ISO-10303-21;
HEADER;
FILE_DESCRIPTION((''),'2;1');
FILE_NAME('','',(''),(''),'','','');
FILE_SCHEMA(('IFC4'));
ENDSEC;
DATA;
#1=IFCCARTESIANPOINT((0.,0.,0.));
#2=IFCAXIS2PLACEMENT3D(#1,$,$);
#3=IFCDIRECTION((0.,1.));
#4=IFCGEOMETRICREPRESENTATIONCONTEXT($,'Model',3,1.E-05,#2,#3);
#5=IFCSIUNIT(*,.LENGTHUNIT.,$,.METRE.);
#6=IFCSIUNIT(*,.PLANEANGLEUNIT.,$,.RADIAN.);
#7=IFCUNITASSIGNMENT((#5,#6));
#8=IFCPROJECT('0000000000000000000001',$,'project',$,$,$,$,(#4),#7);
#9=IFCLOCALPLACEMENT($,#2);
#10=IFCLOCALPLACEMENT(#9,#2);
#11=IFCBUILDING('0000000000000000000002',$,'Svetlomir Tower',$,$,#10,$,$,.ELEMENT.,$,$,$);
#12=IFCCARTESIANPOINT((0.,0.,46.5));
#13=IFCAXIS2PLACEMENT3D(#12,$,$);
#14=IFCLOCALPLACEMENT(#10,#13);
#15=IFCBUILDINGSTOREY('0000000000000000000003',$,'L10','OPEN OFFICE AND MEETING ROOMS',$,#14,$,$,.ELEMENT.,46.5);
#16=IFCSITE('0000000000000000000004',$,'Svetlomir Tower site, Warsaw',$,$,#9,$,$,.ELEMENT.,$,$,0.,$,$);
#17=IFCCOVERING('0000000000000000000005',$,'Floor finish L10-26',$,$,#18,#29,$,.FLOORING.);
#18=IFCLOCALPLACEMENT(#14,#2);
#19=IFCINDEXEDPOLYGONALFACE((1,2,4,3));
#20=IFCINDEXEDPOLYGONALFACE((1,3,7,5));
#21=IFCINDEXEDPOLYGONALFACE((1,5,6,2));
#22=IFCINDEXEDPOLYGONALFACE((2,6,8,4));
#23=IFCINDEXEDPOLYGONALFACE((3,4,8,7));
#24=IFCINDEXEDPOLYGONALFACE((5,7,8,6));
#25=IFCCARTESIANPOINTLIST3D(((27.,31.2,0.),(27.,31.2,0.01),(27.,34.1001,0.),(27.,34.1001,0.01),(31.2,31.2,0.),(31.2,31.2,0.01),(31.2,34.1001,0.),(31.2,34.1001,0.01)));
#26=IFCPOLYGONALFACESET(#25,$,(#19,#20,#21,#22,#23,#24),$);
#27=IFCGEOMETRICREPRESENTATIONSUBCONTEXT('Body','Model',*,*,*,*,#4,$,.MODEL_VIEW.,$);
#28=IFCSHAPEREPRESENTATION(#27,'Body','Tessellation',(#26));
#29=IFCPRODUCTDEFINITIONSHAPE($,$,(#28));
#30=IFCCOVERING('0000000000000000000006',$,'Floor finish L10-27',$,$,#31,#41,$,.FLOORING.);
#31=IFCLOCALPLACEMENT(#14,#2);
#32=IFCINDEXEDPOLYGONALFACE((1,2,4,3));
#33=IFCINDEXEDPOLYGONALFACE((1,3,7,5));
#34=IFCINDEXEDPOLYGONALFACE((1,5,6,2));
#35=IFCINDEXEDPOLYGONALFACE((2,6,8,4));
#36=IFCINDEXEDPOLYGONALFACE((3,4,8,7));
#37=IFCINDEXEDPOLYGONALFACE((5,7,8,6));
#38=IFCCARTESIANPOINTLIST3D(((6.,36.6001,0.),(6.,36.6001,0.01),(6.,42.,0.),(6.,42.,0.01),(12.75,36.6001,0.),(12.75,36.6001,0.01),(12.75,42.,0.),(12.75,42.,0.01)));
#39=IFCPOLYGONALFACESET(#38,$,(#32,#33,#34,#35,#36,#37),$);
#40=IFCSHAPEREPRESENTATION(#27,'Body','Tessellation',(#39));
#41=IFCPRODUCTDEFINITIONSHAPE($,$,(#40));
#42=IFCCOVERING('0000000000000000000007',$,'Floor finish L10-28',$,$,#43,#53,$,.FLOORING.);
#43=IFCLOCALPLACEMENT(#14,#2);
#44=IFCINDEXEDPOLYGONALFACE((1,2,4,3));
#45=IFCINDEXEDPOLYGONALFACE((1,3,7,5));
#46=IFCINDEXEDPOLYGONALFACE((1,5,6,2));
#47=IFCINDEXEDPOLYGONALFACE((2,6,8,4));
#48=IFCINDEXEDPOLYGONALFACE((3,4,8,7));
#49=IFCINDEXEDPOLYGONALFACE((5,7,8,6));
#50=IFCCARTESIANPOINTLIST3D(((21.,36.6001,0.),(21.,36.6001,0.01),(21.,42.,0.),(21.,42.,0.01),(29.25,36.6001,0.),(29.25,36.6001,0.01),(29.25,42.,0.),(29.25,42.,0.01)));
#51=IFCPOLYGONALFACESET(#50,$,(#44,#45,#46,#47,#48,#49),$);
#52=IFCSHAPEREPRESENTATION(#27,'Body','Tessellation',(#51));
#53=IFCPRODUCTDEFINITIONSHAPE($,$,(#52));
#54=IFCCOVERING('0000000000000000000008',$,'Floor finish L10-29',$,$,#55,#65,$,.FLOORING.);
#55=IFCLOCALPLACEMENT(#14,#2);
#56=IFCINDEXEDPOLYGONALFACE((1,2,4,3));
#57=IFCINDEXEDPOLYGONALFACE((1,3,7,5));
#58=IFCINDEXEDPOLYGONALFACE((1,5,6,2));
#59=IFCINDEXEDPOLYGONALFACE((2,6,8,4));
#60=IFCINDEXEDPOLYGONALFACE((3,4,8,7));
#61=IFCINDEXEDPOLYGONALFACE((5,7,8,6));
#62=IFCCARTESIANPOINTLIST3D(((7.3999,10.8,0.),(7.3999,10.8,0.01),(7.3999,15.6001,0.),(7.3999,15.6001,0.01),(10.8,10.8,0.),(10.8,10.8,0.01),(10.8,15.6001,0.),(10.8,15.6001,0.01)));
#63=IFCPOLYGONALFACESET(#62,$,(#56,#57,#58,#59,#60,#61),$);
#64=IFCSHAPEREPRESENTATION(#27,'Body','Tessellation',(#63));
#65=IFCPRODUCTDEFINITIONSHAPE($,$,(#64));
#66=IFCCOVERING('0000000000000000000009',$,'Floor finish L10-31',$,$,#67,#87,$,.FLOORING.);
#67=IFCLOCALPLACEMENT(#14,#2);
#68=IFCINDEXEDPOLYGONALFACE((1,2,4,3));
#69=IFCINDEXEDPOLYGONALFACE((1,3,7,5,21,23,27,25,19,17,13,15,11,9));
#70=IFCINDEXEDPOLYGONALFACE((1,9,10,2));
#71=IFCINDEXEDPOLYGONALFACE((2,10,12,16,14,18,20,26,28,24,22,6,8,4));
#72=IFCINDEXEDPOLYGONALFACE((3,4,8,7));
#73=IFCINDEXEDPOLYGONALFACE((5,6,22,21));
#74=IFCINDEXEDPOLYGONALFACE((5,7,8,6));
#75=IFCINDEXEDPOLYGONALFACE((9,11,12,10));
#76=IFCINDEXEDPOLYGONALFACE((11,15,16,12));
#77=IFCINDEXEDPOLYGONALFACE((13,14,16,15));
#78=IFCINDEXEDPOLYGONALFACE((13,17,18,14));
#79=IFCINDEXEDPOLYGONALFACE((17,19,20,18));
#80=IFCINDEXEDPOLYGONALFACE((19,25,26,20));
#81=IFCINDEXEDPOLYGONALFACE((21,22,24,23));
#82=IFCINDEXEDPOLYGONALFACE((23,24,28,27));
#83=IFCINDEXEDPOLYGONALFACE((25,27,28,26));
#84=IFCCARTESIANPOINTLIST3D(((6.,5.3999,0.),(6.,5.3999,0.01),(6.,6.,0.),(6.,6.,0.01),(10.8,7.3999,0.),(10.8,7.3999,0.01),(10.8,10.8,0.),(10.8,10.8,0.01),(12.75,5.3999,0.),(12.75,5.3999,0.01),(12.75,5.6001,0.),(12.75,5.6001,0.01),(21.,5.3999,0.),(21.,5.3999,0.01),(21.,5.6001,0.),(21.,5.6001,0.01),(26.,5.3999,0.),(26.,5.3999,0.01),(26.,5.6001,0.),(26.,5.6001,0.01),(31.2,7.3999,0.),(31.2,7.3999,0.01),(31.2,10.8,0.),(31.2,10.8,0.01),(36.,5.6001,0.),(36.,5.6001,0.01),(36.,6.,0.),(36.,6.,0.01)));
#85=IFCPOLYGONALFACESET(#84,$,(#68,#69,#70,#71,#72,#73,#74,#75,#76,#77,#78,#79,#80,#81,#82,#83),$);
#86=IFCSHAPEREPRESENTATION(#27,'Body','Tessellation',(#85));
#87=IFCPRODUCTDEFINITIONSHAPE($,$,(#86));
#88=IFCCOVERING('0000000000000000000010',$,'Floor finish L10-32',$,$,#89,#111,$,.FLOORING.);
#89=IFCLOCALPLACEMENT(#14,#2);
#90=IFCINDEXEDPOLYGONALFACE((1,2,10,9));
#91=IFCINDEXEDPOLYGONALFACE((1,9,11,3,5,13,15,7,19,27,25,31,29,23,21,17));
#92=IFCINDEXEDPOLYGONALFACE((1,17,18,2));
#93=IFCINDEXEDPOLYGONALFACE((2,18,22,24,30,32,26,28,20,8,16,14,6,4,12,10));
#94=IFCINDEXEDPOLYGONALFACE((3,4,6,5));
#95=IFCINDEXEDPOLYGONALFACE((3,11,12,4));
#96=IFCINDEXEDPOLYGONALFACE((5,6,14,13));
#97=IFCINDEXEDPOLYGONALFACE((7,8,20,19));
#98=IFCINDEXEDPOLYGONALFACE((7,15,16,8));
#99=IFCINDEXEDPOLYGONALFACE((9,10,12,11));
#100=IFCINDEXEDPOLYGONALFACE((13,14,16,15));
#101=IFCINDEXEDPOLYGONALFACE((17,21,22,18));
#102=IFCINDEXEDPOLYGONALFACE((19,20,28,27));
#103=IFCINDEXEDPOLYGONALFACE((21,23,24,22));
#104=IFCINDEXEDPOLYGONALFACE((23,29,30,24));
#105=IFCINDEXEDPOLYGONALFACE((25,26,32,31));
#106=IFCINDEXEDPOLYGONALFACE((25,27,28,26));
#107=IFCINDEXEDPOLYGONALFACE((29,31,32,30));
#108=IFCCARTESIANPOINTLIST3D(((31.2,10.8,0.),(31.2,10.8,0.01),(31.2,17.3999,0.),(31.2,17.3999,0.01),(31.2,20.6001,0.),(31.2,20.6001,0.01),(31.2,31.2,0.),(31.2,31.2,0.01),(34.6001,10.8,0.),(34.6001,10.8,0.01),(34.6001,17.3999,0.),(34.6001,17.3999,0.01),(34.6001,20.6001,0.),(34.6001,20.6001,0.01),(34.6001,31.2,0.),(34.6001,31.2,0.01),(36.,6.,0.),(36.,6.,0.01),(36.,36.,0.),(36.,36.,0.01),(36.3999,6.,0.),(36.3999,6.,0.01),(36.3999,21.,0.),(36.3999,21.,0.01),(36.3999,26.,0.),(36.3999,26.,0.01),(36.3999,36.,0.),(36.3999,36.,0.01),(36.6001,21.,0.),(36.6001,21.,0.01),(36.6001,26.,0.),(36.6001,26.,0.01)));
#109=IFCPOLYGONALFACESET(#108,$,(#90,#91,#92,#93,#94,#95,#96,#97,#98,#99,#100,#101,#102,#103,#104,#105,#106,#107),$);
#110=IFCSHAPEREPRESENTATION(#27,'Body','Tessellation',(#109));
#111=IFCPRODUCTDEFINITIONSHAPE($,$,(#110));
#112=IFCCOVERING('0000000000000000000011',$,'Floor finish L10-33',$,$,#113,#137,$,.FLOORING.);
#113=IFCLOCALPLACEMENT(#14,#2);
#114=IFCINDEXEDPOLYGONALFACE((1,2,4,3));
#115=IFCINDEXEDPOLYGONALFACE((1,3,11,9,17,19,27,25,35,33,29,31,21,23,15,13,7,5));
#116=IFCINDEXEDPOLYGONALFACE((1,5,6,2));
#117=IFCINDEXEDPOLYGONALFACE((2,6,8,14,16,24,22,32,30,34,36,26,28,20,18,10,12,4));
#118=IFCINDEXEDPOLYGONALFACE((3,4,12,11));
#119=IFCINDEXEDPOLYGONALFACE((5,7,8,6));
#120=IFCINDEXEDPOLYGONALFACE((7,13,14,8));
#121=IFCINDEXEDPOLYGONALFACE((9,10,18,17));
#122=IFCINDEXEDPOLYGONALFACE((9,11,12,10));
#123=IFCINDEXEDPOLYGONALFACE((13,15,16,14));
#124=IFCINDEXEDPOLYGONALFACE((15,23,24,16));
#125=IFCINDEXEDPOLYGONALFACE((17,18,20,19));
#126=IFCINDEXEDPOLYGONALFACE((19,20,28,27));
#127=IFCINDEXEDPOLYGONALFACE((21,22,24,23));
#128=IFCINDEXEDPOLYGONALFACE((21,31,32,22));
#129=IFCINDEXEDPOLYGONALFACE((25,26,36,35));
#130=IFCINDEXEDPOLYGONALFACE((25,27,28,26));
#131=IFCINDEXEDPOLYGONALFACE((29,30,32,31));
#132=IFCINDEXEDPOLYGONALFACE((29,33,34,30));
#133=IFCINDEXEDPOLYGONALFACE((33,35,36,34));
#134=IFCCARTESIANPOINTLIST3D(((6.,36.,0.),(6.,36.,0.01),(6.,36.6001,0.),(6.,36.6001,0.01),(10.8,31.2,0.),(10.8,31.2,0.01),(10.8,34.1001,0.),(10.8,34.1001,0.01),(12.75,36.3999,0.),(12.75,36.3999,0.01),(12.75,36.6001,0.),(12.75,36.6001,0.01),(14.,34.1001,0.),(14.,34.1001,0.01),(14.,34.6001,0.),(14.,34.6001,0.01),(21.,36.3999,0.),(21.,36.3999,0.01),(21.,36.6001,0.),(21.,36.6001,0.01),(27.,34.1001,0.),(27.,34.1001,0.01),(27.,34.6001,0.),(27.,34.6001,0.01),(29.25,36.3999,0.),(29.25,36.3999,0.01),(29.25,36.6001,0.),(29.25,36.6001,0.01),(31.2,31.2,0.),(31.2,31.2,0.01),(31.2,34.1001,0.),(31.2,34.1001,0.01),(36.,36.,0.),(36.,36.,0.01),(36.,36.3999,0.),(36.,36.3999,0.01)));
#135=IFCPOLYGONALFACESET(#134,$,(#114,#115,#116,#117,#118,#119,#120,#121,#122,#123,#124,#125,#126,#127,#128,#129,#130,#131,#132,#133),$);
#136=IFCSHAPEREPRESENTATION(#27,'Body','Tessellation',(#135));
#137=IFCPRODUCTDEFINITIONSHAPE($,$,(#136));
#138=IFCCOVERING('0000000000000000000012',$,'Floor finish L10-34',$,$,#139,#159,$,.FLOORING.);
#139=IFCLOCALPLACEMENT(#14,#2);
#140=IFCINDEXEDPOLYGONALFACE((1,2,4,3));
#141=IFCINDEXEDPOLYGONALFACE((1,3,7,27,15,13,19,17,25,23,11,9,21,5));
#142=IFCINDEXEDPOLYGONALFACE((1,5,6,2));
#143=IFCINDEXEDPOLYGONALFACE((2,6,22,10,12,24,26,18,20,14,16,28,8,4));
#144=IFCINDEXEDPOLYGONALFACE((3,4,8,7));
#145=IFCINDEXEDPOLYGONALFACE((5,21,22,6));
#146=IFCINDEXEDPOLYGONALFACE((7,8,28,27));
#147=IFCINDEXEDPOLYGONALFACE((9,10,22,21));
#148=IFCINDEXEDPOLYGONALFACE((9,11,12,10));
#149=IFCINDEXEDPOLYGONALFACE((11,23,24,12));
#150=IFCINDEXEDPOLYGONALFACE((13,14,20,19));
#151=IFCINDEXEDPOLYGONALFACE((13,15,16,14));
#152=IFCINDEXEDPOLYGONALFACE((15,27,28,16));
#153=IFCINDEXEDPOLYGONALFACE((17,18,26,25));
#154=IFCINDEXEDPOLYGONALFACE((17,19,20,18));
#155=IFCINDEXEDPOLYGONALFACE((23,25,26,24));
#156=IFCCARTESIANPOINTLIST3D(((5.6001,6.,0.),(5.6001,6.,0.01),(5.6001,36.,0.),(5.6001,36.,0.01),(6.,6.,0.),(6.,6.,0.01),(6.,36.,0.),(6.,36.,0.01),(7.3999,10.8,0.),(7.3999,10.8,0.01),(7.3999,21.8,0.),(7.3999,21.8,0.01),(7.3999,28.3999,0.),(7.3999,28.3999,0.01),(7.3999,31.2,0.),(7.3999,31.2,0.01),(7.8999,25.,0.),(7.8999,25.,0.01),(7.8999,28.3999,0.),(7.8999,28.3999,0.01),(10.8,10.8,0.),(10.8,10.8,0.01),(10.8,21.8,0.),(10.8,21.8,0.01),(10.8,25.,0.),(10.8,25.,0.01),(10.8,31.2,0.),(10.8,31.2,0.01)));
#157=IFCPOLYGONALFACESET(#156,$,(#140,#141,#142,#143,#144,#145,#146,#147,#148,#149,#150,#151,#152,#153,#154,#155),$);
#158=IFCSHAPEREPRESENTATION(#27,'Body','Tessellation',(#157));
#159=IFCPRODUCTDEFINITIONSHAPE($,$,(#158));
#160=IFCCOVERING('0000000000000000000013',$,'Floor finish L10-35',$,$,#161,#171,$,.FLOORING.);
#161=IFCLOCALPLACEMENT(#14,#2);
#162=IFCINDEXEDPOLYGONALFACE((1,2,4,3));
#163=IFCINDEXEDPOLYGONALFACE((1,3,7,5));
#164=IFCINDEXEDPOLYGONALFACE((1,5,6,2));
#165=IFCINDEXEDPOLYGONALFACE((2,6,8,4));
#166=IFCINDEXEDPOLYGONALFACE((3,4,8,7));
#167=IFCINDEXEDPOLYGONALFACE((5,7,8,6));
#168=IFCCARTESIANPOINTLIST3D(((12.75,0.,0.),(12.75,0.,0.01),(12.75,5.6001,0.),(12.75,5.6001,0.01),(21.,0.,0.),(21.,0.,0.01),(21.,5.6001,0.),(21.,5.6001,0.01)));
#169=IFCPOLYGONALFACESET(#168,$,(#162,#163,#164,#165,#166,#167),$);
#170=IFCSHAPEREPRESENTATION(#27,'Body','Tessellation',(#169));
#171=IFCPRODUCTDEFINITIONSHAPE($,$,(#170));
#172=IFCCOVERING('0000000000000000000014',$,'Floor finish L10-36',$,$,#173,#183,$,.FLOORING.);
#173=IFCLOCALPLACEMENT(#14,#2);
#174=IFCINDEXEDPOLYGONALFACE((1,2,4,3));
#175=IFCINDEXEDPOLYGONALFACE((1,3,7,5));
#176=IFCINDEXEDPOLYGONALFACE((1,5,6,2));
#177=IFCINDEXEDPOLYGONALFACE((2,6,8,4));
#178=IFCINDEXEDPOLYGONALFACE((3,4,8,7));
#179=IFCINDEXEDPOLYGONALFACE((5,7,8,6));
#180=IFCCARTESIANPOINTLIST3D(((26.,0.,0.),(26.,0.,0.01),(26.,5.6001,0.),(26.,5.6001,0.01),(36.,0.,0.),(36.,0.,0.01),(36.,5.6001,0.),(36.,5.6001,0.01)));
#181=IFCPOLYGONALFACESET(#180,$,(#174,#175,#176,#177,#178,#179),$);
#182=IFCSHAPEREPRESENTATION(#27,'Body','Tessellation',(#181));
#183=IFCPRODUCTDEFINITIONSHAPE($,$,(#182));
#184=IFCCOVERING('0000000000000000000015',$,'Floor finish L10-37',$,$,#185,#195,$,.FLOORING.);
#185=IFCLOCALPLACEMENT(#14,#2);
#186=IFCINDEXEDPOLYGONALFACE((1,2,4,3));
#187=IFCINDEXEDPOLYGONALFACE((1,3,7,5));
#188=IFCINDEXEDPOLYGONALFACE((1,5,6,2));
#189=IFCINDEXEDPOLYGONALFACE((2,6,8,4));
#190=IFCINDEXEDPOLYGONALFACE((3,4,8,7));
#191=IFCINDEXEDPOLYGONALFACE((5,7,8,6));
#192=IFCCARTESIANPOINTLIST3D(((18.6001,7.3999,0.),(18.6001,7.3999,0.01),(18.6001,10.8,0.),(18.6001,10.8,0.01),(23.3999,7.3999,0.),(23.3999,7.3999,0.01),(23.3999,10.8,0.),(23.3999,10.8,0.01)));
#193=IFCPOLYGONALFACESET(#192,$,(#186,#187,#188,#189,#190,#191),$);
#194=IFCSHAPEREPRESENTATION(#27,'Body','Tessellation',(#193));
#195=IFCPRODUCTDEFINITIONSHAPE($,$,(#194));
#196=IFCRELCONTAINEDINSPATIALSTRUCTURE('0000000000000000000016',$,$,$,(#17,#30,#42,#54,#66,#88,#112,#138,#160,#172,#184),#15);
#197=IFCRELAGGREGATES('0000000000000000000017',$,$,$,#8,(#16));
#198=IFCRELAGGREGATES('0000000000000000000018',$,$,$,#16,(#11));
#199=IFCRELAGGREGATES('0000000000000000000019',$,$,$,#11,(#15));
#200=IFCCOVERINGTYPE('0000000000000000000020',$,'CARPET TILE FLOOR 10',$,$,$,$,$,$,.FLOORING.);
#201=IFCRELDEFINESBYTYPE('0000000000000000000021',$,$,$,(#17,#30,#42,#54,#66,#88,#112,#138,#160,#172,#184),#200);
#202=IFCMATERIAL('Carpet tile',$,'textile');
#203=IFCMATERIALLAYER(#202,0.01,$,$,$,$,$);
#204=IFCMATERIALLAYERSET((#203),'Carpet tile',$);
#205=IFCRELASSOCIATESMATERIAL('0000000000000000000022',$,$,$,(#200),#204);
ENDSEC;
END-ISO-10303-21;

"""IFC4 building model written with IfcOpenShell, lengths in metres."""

from ifc_helpers import new_model, si_unit, direction, frame, origin, place, context, subcontext, project, spatial, polyline, outline, extrude, material, layer, layer_set, type_object, element, save


model = new_model("IFC4")

# Units and contexts
model_context = context("Model", 3, precision=1e-05, world=origin(), true_north=direction((0.0, 1.0)))
body_context = subcontext(model_context, "Body", "Model", "MODEL_VIEW")
ifc_project = project(units=[si_unit("LENGTHUNIT", "METRE"), si_unit("PLANEANGLEUNIT", "RADIAN")], contexts=[model_context])

# Site, building, storey
site_placement = place(None, origin())
site = spatial("IfcSite", under=ifc_project, at=site_placement, Name="Svetlomir Tower site, Warsaw", CompositionType="ELEMENT", RefElevation=0.0)
building_placement = place(site_placement, origin())
building = spatial("IfcBuilding", under=site, at=building_placement, Name="Svetlomir Tower", CompositionType="ELEMENT")
storey_placement = place(building_placement, frame((0.0, 0.0, 46.5)))
storey = spatial("IfcBuildingStorey", under=building, at=storey_placement, Name="L10", Description="OPEN OFFICE AND MEETING ROOMS", CompositionType="ELEMENT", Elevation=46.5)

# Coverings
ifc_material_1 = material(Name="Carpet tile", Category="textile")
ifc_layer_1 = layer(ifc_material_1, 0.01)
ifc_layer_set_1 = layer_set([ifc_layer_1], Name="Carpet tile")
covering_type_1 = type_object("IfcCoveringType", Name="CARPET TILE FLOOR 10", PredefinedType="FLOORING", material=ifc_layer_set_1)
covering_1_placement = place(storey_placement, origin())
element("IfcCovering", 1, at=covering_1_placement, inside=storey, type_object=covering_type_1, Name="Floor finish L10-26", PredefinedType="FLOORING", context=body_context, shape_type="SweptSolid", body=[
    extrude(outline(polyline([(27.0, 31.2), (31.2, 31.2), (31.2, 34.1001), (27.0, 34.1001), (27.0, 31.2)])), origin(), (0.0, 0.0, 1.0), 0.01),
])
covering_2_placement = place(storey_placement, origin())
element("IfcCovering", 2, at=covering_2_placement, inside=storey, type_object=covering_type_1, Name="Floor finish L10-27", PredefinedType="FLOORING", context=body_context, shape_type="SweptSolid", body=[
    extrude(outline(polyline([(6.0, 36.6001), (12.75, 36.6001), (12.75, 42.0), (6.0, 42.0), (6.0, 36.6001)])), origin(), (0.0, 0.0, 1.0), 0.01),
])
covering_3_placement = place(storey_placement, origin())
element("IfcCovering", 3, at=covering_3_placement, inside=storey, type_object=covering_type_1, Name="Floor finish L10-28", PredefinedType="FLOORING", context=body_context, shape_type="SweptSolid", body=[
    extrude(outline(polyline([(21.0, 36.6001), (29.25, 36.6001), (29.25, 42.0), (21.0, 42.0), (21.0, 36.6001)])), origin(), (0.0, 0.0, 1.0), 0.01),
])
covering_4_placement = place(storey_placement, origin())
element("IfcCovering", 4, at=covering_4_placement, inside=storey, type_object=covering_type_1, Name="Floor finish L10-29", PredefinedType="FLOORING", context=body_context, shape_type="SweptSolid", body=[
    extrude(outline(polyline([(7.3999, 10.8), (10.8, 10.8), (10.8, 15.6001), (7.3999, 15.6001), (7.3999, 10.8)])), origin(), (0.0, 0.0, 1.0), 0.01),
])
covering_5_placement = place(storey_placement, origin())
element("IfcCovering", 5, at=covering_5_placement, inside=storey, type_object=covering_type_1, Name="Floor finish L10-31", PredefinedType="FLOORING", context=body_context, shape_type="SweptSolid", body=[
    extrude(outline(polyline([(6.0, 6.0), (10.8, 10.8), (10.8, 7.3999), (31.2, 7.3999), (31.2, 10.8), (36.0, 6.0), (36.0, 5.6001), (26.0, 5.6001), (26.0, 5.3999), (21.0, 5.3999), (21.0, 5.6001), (12.75, 5.6001), (12.75, 5.3999), (6.0, 5.3999), (6.0, 6.0)])), origin(), (0.0, 0.0, 1.0), 0.01),
])
covering_6_placement = place(storey_placement, origin())
element("IfcCovering", 6, at=covering_6_placement, inside=storey, type_object=covering_type_1, Name="Floor finish L10-32", PredefinedType="FLOORING", context=body_context, shape_type="SweptSolid", body=[
    extrude(outline(polyline([(31.2, 10.8), (34.6001, 10.8), (34.6001, 17.3999), (31.2, 17.3999), (31.2, 20.6001), (34.6001, 20.6001), (34.6001, 31.2), (31.2, 31.2), (36.0, 36.0), (36.3999, 36.0), (36.3999, 26.0), (36.6001, 26.0), (36.6001, 21.0), (36.3999, 21.0), (36.3999, 6.0), (36.0, 6.0), (31.2, 10.8)])), origin(), (0.0, 0.0, 1.0), 0.01),
])
covering_7_placement = place(storey_placement, origin())
element("IfcCovering", 7, at=covering_7_placement, inside=storey, type_object=covering_type_1, Name="Floor finish L10-33", PredefinedType="FLOORING", context=body_context, shape_type="SweptSolid", body=[
    extrude(outline(polyline([(6.0, 36.6001), (12.75, 36.6001), (12.75, 36.3999), (21.0, 36.3999), (21.0, 36.6001), (29.25, 36.6001), (29.25, 36.3999), (36.0, 36.3999), (36.0, 36.0), (31.2, 31.2), (31.2, 34.1001), (27.0, 34.1001), (27.0, 34.6001), (14.0, 34.6001), (14.0, 34.1001), (10.8, 34.1001), (10.8, 31.2), (6.0, 36.0), (6.0, 36.6001)])), origin(), (0.0, 0.0, 1.0), 0.01),
])
covering_8_placement = place(storey_placement, origin())
element("IfcCovering", 8, at=covering_8_placement, inside=storey, type_object=covering_type_1, Name="Floor finish L10-34", PredefinedType="FLOORING", context=body_context, shape_type="SweptSolid", body=[
    extrude(outline(polyline([(5.6001, 6.0), (5.6001, 36.0), (6.0, 36.0), (10.8, 31.2), (7.3999, 31.2), (7.3999, 28.3999), (7.8999, 28.3999), (7.8999, 25.0), (10.8, 25.0), (10.8, 21.8), (7.3999, 21.8), (7.3999, 10.8), (10.8, 10.8), (6.0, 6.0), (5.6001, 6.0)])), origin(), (0.0, 0.0, 1.0), 0.01),
])
covering_9_placement = place(storey_placement, origin())
element("IfcCovering", 9, at=covering_9_placement, inside=storey, type_object=covering_type_1, Name="Floor finish L10-35", PredefinedType="FLOORING", context=body_context, shape_type="SweptSolid", body=[
    extrude(outline(polyline([(12.75, 5.6001), (21.0, 5.6001), (21.0, 0.0), (12.75, 0.0), (12.75, 5.6001)])), origin(), (0.0, 0.0, 1.0), 0.01),
])
covering_10_placement = place(storey_placement, origin())
element("IfcCovering", 10, at=covering_10_placement, inside=storey, type_object=covering_type_1, Name="Floor finish L10-36", PredefinedType="FLOORING", context=body_context, shape_type="SweptSolid", body=[
    extrude(outline(polyline([(26.0, 0.0), (26.0, 5.6001), (36.0, 5.6001), (36.0, 0.0), (26.0, 0.0)])), origin(), (0.0, 0.0, 1.0), 0.01),
])
covering_11_placement = place(storey_placement, origin())
element("IfcCovering", 11, at=covering_11_placement, inside=storey, type_object=covering_type_1, Name="Floor finish L10-37", PredefinedType="FLOORING", context=body_context, shape_type="SweptSolid", body=[
    extrude(outline(polyline([(23.3999, 10.8), (23.3999, 7.3999), (18.6001, 7.3999), (18.6001, 10.8), (23.3999, 10.8)])), origin(), (0.0, 0.0, 1.0), 0.01),
])

save(model, "model.ifc")
